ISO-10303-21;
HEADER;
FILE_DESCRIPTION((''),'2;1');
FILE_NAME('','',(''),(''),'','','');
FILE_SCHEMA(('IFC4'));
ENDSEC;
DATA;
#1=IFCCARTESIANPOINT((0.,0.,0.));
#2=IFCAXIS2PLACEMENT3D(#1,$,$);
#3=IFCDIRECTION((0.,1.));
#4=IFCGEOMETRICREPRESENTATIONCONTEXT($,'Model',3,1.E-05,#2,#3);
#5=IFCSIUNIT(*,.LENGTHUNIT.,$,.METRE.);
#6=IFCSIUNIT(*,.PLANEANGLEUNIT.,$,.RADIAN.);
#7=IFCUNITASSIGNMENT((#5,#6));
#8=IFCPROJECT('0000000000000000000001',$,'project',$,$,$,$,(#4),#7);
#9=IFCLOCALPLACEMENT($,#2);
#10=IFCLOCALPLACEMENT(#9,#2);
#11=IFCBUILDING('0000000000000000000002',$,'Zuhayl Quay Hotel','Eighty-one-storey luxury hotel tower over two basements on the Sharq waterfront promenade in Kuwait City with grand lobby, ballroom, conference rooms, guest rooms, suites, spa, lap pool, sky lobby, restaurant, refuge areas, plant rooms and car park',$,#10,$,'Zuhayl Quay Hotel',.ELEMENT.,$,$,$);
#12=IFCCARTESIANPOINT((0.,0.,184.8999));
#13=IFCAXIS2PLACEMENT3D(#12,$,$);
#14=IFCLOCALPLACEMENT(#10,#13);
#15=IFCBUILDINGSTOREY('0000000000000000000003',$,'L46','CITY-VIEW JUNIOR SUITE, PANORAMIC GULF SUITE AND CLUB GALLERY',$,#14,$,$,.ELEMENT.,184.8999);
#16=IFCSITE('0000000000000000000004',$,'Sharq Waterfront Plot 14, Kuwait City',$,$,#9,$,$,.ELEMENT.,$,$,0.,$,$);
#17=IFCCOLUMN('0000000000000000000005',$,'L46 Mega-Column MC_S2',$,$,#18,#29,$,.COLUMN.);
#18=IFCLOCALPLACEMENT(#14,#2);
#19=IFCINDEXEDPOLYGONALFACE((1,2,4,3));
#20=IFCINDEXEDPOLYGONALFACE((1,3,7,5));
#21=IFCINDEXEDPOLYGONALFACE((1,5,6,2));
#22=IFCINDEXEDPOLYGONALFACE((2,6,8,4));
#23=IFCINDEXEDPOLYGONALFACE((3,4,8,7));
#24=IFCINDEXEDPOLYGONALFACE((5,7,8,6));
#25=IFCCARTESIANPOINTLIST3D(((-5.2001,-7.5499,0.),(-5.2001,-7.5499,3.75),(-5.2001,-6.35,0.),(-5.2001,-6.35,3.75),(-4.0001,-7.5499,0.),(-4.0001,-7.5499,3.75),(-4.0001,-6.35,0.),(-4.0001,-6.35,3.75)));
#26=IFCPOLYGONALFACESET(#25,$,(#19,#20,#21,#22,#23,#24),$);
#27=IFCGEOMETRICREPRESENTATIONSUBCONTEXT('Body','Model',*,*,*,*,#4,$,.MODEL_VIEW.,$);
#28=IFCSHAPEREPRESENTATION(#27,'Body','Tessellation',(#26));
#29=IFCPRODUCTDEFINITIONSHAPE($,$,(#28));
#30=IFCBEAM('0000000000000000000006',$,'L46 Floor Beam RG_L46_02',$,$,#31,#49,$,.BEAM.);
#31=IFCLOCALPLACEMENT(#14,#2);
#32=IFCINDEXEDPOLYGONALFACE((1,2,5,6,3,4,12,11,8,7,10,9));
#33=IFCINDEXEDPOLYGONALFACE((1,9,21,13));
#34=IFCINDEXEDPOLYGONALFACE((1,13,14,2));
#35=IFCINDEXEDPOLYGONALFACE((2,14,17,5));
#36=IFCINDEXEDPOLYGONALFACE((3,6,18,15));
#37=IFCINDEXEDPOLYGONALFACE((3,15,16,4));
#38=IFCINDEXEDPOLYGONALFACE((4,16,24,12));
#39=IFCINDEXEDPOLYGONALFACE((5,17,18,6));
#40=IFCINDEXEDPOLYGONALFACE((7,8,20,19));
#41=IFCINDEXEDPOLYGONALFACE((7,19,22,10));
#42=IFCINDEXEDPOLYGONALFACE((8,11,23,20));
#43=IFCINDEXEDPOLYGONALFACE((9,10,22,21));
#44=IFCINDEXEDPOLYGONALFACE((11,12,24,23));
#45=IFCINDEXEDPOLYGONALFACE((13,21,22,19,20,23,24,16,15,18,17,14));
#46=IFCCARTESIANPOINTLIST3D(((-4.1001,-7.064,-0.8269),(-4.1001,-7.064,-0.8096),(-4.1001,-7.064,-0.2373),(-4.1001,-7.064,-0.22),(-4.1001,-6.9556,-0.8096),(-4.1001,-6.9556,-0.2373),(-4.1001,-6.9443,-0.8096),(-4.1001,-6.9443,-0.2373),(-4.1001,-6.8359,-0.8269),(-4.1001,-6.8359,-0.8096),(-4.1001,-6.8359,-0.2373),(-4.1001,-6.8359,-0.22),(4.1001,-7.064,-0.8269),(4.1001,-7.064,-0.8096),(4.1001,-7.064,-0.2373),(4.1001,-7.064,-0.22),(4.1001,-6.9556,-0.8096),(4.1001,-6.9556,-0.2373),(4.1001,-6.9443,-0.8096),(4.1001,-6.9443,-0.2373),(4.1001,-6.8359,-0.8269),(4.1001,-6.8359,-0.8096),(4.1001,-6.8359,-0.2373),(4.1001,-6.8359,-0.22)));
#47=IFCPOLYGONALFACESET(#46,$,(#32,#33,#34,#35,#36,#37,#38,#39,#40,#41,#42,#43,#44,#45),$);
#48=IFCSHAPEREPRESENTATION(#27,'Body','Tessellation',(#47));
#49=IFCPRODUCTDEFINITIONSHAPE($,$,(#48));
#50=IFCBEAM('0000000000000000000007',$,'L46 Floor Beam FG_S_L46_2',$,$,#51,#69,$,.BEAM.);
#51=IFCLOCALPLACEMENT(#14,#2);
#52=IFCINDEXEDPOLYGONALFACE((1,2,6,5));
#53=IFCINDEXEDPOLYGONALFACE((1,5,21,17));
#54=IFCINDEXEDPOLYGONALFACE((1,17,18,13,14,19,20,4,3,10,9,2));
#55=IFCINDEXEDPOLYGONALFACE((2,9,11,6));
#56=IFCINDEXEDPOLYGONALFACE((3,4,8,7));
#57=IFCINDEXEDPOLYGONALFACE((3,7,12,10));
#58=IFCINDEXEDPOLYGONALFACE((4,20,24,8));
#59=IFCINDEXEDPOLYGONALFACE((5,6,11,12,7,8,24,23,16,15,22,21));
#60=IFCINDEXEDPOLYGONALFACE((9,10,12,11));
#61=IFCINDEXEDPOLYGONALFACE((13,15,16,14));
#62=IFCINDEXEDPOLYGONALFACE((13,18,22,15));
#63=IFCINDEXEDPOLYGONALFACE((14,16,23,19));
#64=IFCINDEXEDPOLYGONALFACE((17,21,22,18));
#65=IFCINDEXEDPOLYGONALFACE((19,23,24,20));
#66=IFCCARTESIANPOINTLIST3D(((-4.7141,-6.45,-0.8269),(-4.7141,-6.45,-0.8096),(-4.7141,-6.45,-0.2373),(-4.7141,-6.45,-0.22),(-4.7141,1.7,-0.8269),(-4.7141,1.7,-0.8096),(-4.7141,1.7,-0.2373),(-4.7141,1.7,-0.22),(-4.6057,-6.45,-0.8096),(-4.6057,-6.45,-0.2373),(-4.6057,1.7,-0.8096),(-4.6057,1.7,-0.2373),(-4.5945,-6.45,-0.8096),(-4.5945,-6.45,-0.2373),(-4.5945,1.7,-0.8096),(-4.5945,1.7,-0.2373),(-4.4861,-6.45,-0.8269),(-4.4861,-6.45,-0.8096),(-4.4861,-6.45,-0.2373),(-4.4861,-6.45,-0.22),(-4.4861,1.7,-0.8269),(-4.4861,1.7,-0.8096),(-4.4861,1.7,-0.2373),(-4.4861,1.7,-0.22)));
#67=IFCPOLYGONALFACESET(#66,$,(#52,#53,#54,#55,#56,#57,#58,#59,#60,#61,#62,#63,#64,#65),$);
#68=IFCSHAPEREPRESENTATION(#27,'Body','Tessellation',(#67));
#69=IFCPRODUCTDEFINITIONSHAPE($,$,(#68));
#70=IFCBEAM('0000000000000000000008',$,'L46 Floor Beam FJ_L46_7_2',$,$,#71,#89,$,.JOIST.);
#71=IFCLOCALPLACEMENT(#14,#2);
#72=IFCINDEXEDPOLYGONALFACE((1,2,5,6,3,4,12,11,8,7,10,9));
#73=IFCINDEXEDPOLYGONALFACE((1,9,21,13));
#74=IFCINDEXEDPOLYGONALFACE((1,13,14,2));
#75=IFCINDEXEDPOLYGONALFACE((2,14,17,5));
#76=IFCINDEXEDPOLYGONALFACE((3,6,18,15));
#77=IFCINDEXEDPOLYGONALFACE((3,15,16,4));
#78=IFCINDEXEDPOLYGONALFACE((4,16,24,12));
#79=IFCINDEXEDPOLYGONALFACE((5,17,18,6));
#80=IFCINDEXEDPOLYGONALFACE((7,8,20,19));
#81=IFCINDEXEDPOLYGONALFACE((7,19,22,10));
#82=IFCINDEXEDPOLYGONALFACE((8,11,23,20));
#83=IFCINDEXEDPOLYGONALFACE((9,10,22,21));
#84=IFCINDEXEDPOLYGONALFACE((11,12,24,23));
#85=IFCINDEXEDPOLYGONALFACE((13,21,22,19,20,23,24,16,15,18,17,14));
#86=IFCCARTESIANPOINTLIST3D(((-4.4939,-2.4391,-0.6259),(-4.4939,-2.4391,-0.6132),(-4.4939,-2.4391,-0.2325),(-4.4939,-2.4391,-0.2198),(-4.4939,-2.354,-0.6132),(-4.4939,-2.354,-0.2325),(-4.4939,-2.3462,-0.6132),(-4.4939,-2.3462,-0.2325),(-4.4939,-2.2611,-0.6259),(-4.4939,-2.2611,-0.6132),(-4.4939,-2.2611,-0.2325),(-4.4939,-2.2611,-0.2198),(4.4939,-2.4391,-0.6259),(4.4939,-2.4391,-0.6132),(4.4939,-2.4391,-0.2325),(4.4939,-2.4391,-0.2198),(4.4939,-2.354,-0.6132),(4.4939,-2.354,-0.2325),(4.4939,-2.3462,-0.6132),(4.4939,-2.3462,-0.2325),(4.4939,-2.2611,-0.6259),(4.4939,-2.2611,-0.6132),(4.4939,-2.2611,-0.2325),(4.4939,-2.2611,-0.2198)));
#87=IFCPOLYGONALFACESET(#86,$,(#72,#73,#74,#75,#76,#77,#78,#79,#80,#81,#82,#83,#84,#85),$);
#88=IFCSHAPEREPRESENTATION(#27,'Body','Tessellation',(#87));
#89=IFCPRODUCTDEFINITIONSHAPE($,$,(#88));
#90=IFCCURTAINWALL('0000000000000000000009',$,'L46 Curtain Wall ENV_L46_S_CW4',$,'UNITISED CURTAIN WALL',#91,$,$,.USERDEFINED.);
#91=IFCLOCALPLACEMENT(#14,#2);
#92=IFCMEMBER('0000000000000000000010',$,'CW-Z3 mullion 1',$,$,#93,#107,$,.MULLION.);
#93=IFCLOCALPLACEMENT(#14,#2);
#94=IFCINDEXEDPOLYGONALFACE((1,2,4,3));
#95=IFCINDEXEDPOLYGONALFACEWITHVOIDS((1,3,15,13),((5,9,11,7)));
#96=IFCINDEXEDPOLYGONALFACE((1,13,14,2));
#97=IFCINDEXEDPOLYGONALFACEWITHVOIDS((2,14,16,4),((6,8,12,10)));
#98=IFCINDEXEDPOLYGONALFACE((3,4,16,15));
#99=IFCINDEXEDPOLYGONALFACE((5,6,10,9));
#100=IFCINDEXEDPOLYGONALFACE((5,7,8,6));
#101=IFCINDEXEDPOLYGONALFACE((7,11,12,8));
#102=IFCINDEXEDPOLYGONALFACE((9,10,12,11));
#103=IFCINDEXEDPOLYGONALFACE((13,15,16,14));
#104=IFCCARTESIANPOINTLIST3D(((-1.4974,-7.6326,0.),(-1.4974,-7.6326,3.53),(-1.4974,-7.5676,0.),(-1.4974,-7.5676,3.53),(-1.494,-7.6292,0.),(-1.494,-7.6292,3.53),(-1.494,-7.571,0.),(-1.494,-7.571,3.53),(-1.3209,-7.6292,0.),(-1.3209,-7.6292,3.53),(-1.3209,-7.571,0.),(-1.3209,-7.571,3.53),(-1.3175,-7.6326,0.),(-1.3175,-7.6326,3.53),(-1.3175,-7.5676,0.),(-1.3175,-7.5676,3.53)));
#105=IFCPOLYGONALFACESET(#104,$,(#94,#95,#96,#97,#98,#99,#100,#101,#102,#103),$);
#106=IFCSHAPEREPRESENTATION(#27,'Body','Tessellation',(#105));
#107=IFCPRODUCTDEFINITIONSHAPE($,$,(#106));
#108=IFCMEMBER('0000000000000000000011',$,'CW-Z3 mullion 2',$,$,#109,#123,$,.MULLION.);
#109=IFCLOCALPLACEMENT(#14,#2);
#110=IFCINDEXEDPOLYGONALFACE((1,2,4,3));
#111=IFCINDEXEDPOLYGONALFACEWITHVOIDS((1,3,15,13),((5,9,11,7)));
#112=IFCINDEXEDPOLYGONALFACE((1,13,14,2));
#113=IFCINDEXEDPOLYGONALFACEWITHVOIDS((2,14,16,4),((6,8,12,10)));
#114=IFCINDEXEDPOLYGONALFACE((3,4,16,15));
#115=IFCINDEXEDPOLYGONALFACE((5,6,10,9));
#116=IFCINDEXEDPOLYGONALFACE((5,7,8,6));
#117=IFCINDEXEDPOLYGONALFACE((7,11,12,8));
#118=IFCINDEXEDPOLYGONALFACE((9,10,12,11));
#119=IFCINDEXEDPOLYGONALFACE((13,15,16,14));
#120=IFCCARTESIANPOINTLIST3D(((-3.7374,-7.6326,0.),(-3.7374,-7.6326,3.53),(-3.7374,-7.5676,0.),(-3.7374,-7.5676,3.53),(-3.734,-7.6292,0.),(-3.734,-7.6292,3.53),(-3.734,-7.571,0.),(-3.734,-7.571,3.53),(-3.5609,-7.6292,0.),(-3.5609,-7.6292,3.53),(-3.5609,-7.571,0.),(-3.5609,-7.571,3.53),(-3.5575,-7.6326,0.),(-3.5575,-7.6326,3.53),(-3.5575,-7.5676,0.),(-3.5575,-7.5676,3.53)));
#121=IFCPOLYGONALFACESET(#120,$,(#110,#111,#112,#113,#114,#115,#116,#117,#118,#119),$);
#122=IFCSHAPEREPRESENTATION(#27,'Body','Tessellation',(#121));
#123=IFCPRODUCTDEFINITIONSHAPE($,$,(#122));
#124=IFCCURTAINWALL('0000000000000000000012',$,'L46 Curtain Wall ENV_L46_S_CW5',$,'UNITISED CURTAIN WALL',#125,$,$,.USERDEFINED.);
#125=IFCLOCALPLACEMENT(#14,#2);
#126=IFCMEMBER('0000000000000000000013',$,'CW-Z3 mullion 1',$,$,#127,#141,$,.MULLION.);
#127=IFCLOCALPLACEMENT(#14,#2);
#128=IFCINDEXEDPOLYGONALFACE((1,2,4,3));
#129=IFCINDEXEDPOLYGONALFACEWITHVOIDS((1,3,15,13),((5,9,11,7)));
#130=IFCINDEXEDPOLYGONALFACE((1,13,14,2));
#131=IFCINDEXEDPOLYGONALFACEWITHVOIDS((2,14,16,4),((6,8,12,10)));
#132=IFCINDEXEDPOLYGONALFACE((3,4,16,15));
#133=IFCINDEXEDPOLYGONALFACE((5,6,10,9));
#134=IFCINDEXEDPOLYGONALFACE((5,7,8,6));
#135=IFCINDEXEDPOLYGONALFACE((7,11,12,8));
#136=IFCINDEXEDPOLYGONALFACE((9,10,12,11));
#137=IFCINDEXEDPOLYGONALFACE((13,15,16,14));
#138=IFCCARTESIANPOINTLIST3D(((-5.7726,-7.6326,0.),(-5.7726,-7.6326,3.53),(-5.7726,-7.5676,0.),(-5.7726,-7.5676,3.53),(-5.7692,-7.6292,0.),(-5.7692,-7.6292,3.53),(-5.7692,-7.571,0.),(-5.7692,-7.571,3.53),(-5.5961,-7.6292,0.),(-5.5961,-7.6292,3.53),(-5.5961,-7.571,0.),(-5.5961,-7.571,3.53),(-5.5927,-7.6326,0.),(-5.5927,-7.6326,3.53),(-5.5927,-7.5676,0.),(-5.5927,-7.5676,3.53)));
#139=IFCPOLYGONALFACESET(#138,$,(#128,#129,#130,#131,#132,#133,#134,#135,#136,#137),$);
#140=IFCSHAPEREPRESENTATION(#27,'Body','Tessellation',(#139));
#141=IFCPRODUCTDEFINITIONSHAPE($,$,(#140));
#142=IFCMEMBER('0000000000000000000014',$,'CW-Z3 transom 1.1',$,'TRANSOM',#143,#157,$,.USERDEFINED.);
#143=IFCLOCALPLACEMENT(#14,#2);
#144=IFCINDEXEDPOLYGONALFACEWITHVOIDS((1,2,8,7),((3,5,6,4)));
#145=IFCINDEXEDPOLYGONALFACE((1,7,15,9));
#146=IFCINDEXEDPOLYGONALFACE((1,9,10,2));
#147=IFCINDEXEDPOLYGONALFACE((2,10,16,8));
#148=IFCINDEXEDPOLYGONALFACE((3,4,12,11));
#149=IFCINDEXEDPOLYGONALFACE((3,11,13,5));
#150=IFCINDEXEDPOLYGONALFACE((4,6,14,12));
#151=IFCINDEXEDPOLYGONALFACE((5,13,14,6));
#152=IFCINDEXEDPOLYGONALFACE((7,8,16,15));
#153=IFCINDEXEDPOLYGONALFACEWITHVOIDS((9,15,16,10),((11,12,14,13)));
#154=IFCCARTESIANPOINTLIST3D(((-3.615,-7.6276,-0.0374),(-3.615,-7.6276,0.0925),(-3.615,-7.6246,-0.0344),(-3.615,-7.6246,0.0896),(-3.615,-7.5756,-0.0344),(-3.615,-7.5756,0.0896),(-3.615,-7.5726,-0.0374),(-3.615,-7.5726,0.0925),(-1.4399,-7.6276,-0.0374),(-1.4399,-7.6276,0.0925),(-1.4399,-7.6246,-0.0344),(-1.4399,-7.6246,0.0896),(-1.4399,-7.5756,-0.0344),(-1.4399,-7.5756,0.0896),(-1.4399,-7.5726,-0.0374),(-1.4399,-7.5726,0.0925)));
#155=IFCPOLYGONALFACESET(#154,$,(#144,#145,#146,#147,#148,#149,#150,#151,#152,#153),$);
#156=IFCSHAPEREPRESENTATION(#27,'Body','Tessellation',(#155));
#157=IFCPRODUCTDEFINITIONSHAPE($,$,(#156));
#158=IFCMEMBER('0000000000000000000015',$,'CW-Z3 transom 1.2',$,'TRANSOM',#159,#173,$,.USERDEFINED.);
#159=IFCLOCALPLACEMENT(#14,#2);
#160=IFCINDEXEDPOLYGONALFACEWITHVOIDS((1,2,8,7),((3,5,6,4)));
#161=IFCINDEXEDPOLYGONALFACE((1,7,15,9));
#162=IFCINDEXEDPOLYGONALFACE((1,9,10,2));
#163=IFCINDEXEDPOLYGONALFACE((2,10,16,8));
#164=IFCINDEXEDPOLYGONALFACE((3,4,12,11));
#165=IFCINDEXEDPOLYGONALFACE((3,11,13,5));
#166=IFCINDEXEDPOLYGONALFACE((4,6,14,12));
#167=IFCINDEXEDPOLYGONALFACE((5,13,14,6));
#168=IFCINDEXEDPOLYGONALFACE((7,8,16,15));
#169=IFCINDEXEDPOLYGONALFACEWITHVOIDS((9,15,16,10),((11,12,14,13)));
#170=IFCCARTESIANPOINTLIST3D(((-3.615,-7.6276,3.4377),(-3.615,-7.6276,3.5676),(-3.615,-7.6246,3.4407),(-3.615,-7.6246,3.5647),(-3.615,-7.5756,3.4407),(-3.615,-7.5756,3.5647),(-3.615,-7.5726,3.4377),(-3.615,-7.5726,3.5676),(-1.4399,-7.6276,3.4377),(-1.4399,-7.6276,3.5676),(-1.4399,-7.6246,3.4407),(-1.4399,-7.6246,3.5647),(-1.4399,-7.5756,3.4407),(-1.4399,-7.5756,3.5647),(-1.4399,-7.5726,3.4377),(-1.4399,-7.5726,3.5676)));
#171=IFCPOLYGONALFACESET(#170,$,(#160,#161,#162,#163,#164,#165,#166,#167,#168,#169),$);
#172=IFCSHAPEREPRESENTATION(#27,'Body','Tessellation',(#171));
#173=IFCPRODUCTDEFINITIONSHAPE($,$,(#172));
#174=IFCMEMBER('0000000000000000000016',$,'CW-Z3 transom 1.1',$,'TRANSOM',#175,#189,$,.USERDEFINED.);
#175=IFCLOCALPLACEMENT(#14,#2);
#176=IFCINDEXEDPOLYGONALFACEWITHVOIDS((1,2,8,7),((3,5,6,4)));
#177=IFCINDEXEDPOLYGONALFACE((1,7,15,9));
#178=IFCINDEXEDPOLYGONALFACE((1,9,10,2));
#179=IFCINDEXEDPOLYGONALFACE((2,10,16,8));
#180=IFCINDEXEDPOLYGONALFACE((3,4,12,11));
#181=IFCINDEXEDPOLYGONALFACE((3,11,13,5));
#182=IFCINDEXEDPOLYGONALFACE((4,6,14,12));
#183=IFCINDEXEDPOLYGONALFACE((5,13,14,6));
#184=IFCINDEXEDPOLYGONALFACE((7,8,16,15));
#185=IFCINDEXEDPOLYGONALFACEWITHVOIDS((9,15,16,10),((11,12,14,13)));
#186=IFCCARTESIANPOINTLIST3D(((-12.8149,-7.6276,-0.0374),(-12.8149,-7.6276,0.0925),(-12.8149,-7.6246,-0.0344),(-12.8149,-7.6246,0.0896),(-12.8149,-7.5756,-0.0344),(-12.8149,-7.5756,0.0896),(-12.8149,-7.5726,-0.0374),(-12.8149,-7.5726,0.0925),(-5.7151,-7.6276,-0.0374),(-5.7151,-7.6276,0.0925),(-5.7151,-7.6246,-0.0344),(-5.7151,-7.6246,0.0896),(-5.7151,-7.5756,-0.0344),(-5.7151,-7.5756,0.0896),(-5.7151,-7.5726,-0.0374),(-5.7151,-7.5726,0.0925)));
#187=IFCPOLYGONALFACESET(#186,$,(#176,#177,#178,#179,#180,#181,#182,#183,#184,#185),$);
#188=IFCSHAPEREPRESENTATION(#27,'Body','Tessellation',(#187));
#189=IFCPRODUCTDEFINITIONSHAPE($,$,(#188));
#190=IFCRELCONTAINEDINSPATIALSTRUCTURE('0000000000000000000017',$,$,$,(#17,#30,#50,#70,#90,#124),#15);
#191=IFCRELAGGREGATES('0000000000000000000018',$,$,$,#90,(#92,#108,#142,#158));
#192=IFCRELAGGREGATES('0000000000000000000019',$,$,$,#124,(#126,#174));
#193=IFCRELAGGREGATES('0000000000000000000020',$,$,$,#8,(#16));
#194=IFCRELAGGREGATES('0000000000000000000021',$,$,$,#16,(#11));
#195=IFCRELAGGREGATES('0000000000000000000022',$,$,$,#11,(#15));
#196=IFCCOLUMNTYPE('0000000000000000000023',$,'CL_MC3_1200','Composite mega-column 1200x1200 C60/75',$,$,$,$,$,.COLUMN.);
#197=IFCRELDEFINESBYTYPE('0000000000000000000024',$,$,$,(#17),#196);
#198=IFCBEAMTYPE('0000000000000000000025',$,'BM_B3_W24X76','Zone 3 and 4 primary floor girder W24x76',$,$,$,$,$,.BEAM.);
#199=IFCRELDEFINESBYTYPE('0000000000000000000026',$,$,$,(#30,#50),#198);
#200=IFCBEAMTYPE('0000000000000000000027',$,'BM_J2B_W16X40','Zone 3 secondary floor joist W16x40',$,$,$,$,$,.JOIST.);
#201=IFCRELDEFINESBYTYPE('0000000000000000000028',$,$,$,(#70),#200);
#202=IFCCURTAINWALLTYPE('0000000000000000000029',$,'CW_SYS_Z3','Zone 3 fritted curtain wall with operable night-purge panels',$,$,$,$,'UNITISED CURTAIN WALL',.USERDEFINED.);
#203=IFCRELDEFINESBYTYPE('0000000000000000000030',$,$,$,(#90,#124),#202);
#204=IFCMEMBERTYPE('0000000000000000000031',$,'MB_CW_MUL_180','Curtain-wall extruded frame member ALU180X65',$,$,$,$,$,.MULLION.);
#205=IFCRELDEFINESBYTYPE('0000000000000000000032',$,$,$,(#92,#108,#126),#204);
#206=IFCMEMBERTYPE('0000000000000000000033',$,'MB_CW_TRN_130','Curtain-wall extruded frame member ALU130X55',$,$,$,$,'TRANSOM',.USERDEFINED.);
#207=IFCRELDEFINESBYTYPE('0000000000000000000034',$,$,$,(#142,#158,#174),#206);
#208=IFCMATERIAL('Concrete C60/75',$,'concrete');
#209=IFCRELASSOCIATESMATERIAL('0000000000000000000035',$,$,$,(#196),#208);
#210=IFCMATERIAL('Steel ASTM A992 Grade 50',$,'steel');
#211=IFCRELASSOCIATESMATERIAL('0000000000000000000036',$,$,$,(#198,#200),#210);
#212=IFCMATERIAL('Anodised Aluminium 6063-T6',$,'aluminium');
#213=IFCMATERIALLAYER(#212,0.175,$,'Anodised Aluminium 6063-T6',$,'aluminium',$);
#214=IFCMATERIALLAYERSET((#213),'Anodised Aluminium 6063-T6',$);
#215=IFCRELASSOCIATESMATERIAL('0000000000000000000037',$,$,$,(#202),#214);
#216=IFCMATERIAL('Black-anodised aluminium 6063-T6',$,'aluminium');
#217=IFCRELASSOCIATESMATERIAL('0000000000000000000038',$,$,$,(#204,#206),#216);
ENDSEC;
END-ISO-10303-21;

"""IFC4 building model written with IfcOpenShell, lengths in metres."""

from ifc_helpers import new_model, si_unit, direction, frame, origin, origin_2d, place, context, subcontext, project, spatial, rectangle, hollow_rectangle, i_section, extrude, material, layer, layer_set, material_profile, profile_set, type_object, element, aggregate, save


model = new_model("IFC4")

# Units and contexts
model_context = context("Model", 3, precision=1e-05, world=origin(), true_north=direction((0.0, 1.0)))
body_context = subcontext(model_context, "Body", "Model", "MODEL_VIEW")
ifc_project = project(units=[si_unit("LENGTHUNIT", "METRE"), si_unit("PLANEANGLEUNIT", "RADIAN")], contexts=[model_context])

# Site, building, storey
site_placement = place(None, origin())
site = spatial("IfcSite", under=ifc_project, at=site_placement, Name="Sharq Waterfront Plot 14, Kuwait City", CompositionType="ELEMENT", RefElevation=0.0)
building_placement = place(site_placement, origin())
building = spatial("IfcBuilding", under=site, at=building_placement, Name="Zuhayl Quay Hotel", Description="Eighty-one-storey luxury hotel tower over two basements on the Sharq waterfront promenade in Kuwait City with grand lobby, ballroom, conference rooms, guest rooms, suites, spa, lap pool, sky lobby, restaurant, refuge areas, plant rooms and car park", LongName="Zuhayl Quay Hotel", CompositionType="ELEMENT")
storey_placement = place(building_placement, frame((0.0, 0.0, 184.8999)))
storey = spatial("IfcBuildingStorey", under=building, at=storey_placement, Name="L46", Description="CITY-VIEW JUNIOR SUITE, PANORAMIC GULF SUITE AND CLUB GALLERY", CompositionType="ELEMENT", Elevation=184.8999)

# Column
ifc_material_1 = material(Name="Concrete C60/75", Category="concrete")
ifc_material_profile_1 = material_profile(ifc_material_1, rectangle(XDim=1.2, YDim=1.2, at=origin_2d()), Name="RC1200X1200")
ifc_profile_set_1 = profile_set([ifc_material_profile_1], Name="Concrete C60/75")
column_type = type_object("IfcColumnType", Name="CL_MC3_1200", Description="Composite mega-column 1200x1200 C60/75", PredefinedType="COLUMN", material=ifc_profile_set_1)
column_placement = place(storey_placement, frame((-4.6001, -6.95, 0.0), z_axis=(0.0, 0.0, 1.0), x_axis=(1.0, 0.0, 0.0)))
element("IfcColumn", 1, at=column_placement, inside=storey, type_object=column_type, Name="L46 Mega-Column MC_S2", PredefinedType="COLUMN", context=body_context, shape_type="SweptSolid", body=[
    extrude(rectangle(XDim=1.2, YDim=1.2, at=origin_2d()), origin(), (0.0, 0.0, 1.0), 3.75),
])

# Beams
ifc_material_2 = material(Name="Steel ASTM A992 Grade 50", Category="steel")
ifc_material_profile_2 = material_profile(ifc_material_2, i_section(OverallWidth=0.228, OverallDepth=0.6069, WebThickness=0.0112, FlangeThickness=0.0173, at=origin_2d()), Name="W24X76")
ifc_profile_set_2 = profile_set([ifc_material_profile_2], Name="Steel ASTM A992 Grade 50")
beam_type_1 = type_object("IfcBeamType", Name="BM_B3_W24X76", Description="Zone 3 and 4 primary floor girder W24x76", PredefinedType="BEAM", material=ifc_profile_set_2)
beam_1_placement = place(storey_placement, frame((-4.1001, -6.95, -0.5234), z_axis=(1.0, 0.0, 0.0), x_axis=(0.0, 1.0, 0.0)))
element("IfcBeam", 2, at=beam_1_placement, inside=storey, type_object=beam_type_1, Name="L46 Floor Beam RG_L46_02", PredefinedType="BEAM", context=body_context, shape_type="SweptSolid", body=[
    extrude(i_section(OverallWidth=0.228, OverallDepth=0.6069, WebThickness=0.0112, FlangeThickness=0.0173, at=origin_2d()), origin(), (0.0, 0.0, 1.0), 8.2002),
])
beam_2_placement = place(storey_placement, frame((-4.6001, -6.45, -0.5234), z_axis=(0.0, 1.0, 0.0), x_axis=(-1.0, 0.0, 0.0)))
element("IfcBeam", 3, at=beam_2_placement, inside=storey, type_object=beam_type_1, Name="L46 Floor Beam FG_S_L46_2", PredefinedType="BEAM", context=body_context, shape_type="SweptSolid", body=[
    extrude(i_section(OverallWidth=0.228, OverallDepth=0.6069, WebThickness=0.0112, FlangeThickness=0.0173, at=origin_2d()), origin(), (0.0, 0.0, 1.0), 8.1499),
])
ifc_material_profile_3 = material_profile(ifc_material_2, i_section(OverallWidth=0.178, OverallDepth=0.406, WebThickness=0.0078, FlangeThickness=0.0127, at=origin_2d()), Name="W16X40")
ifc_profile_set_3 = profile_set([ifc_material_profile_3], Name="Steel ASTM A992 Grade 50")
beam_type_2 = type_object("IfcBeamType", Name="BM_J2B_W16X40", Description="Zone 3 secondary floor joist W16x40", PredefinedType="JOIST", material=ifc_profile_set_3)
beam_3_placement = place(storey_placement, frame((-4.4939, -2.3501, -0.4229), z_axis=(1.0, 0.0, 0.0), x_axis=(0.0, 1.0, 0.0)))
element("IfcBeam", 4, at=beam_3_placement, inside=storey, type_object=beam_type_2, Name="L46 Floor Beam FJ_L46_7_2", PredefinedType="JOIST", context=body_context, shape_type="SweptSolid", body=[
    extrude(i_section(OverallWidth=0.178, OverallDepth=0.406, WebThickness=0.0078, FlangeThickness=0.0127, at=origin_2d()), origin(), (0.0, 0.0, 1.0), 8.9878),
])

# Curtain wall, members
ifc_material_3 = material(Name="Anodised Aluminium 6063-T6", Category="aluminium")
ifc_layer_1 = layer(ifc_material_3, 0.175, Name="Anodised Aluminium 6063-T6", Category="aluminium")
ifc_layer_set_1 = layer_set([ifc_layer_1], Name="Anodised Aluminium 6063-T6")
curtain_wall_type = type_object("IfcCurtainWallType", Name="CW_SYS_Z3", Description="Zone 3 fritted curtain wall with operable night-purge panels", ElementType="UNITISED CURTAIN WALL", PredefinedType="USERDEFINED", material=ifc_layer_set_1)
curtain_wall_1_placement = place(storey_placement, origin())
curtain_wall_1 = element("IfcCurtainWall", 5, at=curtain_wall_1_placement, inside=storey, type_object=curtain_wall_type, Name="L46 Curtain Wall ENV_L46_S_CW4", ObjectType="UNITISED CURTAIN WALL", PredefinedType="USERDEFINED")
ifc_material_4 = material(Name="Black-anodised aluminium 6063-T6", Category="aluminium")
ifc_material_profile_4 = material_profile(ifc_material_4, hollow_rectangle(XDim=0.0649, YDim=0.1799, WallThickness=0.0034, at=origin_2d()), Name="ALU180X65")
ifc_profile_set_4 = profile_set([ifc_material_profile_4], Name="Black-anodised aluminium 6063-T6")
member_type_1 = type_object("IfcMemberType", Name="MB_CW_MUL_180", Description="Curtain-wall extruded frame member ALU180X65", PredefinedType="MULLION", material=ifc_profile_set_4)
member_1_placement = place(storey_placement, frame((-1.4075, -7.6001, 0.0), z_axis=(0.0, 0.0, 1.0), x_axis=(0.0, -1.0, 0.0)))
member_1 = element("IfcMember", 6, at=member_1_placement, type_object=member_type_1, Name="CW-Z3 mullion 1", PredefinedType="MULLION", context=body_context, shape_type="SweptSolid", body=[
    extrude(hollow_rectangle(XDim=0.0649, YDim=0.1799, WallThickness=0.0034, at=origin_2d()), origin(), (0.0, 0.0, 1.0), 3.53),
])
member_2_placement = place(storey_placement, frame((-3.6475, -7.6001, 0.0), z_axis=(0.0, 0.0, 1.0), x_axis=(0.0, -1.0, 0.0)))
member_2 = element("IfcMember", 7, at=member_2_placement, type_object=member_type_1, Name="CW-Z3 mullion 2", PredefinedType="MULLION", context=body_context, shape_type="SweptSolid", body=[
    extrude(hollow_rectangle(XDim=0.0649, YDim=0.1799, WallThickness=0.0034, at=origin_2d()), origin(), (0.0, 0.0, 1.0), 3.53),
])

# Curtain wall, member
curtain_wall_2_placement = place(storey_placement, origin())
curtain_wall_2 = element("IfcCurtainWall", 8, at=curtain_wall_2_placement, inside=storey, type_object=curtain_wall_type, Name="L46 Curtain Wall ENV_L46_S_CW5", ObjectType="UNITISED CURTAIN WALL", PredefinedType="USERDEFINED")
member_3_placement = place(storey_placement, frame((-5.6826, -7.6001, 0.0), z_axis=(0.0, 0.0, 1.0), x_axis=(0.0, -1.0, 0.0)))
member_3 = element("IfcMember", 9, at=member_3_placement, type_object=member_type_1, Name="CW-Z3 mullion 1", PredefinedType="MULLION", context=body_context, shape_type="SweptSolid", body=[
    extrude(hollow_rectangle(XDim=0.0649, YDim=0.1799, WallThickness=0.0034, at=origin_2d()), origin(), (0.0, 0.0, 1.0), 3.53),
])

# Members
ifc_material_profile_5 = material_profile(ifc_material_4, hollow_rectangle(XDim=0.0549, YDim=0.1299, WallThickness=0.0029, at=origin_2d()), Name="ALU130X55")
ifc_profile_set_5 = profile_set([ifc_material_profile_5], Name="Black-anodised aluminium 6063-T6")
member_type_2 = type_object("IfcMemberType", Name="MB_CW_TRN_130", Description="Curtain-wall extruded frame member ALU130X55", ElementType="TRANSOM", PredefinedType="USERDEFINED", material=ifc_profile_set_5)
member_4_placement = place(storey_placement, frame((-1.4399, -7.6001, 0.0276), z_axis=(-1.0, 0.0, 0.0), x_axis=(0.0, -1.0, 0.0)))
member_4 = element("IfcMember", 10, at=member_4_placement, type_object=member_type_2, Name="CW-Z3 transom 1.1", ObjectType="TRANSOM", PredefinedType="USERDEFINED", context=body_context, shape_type="SweptSolid", body=[
    extrude(hollow_rectangle(XDim=0.0549, YDim=0.1299, WallThickness=0.0029, at=origin_2d()), origin(), (0.0, 0.0, 1.0), 2.175),
])
member_5_placement = place(storey_placement, frame((-1.4399, -7.6001, 3.5027), z_axis=(-1.0, 0.0, 0.0), x_axis=(0.0, -1.0, 0.0)))
member_5 = element("IfcMember", 11, at=member_5_placement, type_object=member_type_2, Name="CW-Z3 transom 1.2", ObjectType="TRANSOM", PredefinedType="USERDEFINED", context=body_context, shape_type="SweptSolid", body=[
    extrude(hollow_rectangle(XDim=0.0549, YDim=0.1299, WallThickness=0.0029, at=origin_2d()), origin(), (0.0, 0.0, 1.0), 2.175),
])
member_6_placement = place(storey_placement, frame((-5.7151, -7.6001, 0.0276), z_axis=(-1.0, 0.0, 0.0), x_axis=(0.0, -1.0, 0.0)))
member_6 = element("IfcMember", 12, at=member_6_placement, type_object=member_type_2, Name="CW-Z3 transom 1.1", ObjectType="TRANSOM", PredefinedType="USERDEFINED", context=body_context, shape_type="SweptSolid", body=[
    extrude(hollow_rectangle(XDim=0.0549, YDim=0.1299, WallThickness=0.0029, at=origin_2d()), origin(), (0.0, 0.0, 1.0), 7.0999),
])

aggregate(curtain_wall_1, [member_1, member_2, member_4, member_5])
aggregate(curtain_wall_2, [member_3, member_6])

save(model, "model.ifc")
